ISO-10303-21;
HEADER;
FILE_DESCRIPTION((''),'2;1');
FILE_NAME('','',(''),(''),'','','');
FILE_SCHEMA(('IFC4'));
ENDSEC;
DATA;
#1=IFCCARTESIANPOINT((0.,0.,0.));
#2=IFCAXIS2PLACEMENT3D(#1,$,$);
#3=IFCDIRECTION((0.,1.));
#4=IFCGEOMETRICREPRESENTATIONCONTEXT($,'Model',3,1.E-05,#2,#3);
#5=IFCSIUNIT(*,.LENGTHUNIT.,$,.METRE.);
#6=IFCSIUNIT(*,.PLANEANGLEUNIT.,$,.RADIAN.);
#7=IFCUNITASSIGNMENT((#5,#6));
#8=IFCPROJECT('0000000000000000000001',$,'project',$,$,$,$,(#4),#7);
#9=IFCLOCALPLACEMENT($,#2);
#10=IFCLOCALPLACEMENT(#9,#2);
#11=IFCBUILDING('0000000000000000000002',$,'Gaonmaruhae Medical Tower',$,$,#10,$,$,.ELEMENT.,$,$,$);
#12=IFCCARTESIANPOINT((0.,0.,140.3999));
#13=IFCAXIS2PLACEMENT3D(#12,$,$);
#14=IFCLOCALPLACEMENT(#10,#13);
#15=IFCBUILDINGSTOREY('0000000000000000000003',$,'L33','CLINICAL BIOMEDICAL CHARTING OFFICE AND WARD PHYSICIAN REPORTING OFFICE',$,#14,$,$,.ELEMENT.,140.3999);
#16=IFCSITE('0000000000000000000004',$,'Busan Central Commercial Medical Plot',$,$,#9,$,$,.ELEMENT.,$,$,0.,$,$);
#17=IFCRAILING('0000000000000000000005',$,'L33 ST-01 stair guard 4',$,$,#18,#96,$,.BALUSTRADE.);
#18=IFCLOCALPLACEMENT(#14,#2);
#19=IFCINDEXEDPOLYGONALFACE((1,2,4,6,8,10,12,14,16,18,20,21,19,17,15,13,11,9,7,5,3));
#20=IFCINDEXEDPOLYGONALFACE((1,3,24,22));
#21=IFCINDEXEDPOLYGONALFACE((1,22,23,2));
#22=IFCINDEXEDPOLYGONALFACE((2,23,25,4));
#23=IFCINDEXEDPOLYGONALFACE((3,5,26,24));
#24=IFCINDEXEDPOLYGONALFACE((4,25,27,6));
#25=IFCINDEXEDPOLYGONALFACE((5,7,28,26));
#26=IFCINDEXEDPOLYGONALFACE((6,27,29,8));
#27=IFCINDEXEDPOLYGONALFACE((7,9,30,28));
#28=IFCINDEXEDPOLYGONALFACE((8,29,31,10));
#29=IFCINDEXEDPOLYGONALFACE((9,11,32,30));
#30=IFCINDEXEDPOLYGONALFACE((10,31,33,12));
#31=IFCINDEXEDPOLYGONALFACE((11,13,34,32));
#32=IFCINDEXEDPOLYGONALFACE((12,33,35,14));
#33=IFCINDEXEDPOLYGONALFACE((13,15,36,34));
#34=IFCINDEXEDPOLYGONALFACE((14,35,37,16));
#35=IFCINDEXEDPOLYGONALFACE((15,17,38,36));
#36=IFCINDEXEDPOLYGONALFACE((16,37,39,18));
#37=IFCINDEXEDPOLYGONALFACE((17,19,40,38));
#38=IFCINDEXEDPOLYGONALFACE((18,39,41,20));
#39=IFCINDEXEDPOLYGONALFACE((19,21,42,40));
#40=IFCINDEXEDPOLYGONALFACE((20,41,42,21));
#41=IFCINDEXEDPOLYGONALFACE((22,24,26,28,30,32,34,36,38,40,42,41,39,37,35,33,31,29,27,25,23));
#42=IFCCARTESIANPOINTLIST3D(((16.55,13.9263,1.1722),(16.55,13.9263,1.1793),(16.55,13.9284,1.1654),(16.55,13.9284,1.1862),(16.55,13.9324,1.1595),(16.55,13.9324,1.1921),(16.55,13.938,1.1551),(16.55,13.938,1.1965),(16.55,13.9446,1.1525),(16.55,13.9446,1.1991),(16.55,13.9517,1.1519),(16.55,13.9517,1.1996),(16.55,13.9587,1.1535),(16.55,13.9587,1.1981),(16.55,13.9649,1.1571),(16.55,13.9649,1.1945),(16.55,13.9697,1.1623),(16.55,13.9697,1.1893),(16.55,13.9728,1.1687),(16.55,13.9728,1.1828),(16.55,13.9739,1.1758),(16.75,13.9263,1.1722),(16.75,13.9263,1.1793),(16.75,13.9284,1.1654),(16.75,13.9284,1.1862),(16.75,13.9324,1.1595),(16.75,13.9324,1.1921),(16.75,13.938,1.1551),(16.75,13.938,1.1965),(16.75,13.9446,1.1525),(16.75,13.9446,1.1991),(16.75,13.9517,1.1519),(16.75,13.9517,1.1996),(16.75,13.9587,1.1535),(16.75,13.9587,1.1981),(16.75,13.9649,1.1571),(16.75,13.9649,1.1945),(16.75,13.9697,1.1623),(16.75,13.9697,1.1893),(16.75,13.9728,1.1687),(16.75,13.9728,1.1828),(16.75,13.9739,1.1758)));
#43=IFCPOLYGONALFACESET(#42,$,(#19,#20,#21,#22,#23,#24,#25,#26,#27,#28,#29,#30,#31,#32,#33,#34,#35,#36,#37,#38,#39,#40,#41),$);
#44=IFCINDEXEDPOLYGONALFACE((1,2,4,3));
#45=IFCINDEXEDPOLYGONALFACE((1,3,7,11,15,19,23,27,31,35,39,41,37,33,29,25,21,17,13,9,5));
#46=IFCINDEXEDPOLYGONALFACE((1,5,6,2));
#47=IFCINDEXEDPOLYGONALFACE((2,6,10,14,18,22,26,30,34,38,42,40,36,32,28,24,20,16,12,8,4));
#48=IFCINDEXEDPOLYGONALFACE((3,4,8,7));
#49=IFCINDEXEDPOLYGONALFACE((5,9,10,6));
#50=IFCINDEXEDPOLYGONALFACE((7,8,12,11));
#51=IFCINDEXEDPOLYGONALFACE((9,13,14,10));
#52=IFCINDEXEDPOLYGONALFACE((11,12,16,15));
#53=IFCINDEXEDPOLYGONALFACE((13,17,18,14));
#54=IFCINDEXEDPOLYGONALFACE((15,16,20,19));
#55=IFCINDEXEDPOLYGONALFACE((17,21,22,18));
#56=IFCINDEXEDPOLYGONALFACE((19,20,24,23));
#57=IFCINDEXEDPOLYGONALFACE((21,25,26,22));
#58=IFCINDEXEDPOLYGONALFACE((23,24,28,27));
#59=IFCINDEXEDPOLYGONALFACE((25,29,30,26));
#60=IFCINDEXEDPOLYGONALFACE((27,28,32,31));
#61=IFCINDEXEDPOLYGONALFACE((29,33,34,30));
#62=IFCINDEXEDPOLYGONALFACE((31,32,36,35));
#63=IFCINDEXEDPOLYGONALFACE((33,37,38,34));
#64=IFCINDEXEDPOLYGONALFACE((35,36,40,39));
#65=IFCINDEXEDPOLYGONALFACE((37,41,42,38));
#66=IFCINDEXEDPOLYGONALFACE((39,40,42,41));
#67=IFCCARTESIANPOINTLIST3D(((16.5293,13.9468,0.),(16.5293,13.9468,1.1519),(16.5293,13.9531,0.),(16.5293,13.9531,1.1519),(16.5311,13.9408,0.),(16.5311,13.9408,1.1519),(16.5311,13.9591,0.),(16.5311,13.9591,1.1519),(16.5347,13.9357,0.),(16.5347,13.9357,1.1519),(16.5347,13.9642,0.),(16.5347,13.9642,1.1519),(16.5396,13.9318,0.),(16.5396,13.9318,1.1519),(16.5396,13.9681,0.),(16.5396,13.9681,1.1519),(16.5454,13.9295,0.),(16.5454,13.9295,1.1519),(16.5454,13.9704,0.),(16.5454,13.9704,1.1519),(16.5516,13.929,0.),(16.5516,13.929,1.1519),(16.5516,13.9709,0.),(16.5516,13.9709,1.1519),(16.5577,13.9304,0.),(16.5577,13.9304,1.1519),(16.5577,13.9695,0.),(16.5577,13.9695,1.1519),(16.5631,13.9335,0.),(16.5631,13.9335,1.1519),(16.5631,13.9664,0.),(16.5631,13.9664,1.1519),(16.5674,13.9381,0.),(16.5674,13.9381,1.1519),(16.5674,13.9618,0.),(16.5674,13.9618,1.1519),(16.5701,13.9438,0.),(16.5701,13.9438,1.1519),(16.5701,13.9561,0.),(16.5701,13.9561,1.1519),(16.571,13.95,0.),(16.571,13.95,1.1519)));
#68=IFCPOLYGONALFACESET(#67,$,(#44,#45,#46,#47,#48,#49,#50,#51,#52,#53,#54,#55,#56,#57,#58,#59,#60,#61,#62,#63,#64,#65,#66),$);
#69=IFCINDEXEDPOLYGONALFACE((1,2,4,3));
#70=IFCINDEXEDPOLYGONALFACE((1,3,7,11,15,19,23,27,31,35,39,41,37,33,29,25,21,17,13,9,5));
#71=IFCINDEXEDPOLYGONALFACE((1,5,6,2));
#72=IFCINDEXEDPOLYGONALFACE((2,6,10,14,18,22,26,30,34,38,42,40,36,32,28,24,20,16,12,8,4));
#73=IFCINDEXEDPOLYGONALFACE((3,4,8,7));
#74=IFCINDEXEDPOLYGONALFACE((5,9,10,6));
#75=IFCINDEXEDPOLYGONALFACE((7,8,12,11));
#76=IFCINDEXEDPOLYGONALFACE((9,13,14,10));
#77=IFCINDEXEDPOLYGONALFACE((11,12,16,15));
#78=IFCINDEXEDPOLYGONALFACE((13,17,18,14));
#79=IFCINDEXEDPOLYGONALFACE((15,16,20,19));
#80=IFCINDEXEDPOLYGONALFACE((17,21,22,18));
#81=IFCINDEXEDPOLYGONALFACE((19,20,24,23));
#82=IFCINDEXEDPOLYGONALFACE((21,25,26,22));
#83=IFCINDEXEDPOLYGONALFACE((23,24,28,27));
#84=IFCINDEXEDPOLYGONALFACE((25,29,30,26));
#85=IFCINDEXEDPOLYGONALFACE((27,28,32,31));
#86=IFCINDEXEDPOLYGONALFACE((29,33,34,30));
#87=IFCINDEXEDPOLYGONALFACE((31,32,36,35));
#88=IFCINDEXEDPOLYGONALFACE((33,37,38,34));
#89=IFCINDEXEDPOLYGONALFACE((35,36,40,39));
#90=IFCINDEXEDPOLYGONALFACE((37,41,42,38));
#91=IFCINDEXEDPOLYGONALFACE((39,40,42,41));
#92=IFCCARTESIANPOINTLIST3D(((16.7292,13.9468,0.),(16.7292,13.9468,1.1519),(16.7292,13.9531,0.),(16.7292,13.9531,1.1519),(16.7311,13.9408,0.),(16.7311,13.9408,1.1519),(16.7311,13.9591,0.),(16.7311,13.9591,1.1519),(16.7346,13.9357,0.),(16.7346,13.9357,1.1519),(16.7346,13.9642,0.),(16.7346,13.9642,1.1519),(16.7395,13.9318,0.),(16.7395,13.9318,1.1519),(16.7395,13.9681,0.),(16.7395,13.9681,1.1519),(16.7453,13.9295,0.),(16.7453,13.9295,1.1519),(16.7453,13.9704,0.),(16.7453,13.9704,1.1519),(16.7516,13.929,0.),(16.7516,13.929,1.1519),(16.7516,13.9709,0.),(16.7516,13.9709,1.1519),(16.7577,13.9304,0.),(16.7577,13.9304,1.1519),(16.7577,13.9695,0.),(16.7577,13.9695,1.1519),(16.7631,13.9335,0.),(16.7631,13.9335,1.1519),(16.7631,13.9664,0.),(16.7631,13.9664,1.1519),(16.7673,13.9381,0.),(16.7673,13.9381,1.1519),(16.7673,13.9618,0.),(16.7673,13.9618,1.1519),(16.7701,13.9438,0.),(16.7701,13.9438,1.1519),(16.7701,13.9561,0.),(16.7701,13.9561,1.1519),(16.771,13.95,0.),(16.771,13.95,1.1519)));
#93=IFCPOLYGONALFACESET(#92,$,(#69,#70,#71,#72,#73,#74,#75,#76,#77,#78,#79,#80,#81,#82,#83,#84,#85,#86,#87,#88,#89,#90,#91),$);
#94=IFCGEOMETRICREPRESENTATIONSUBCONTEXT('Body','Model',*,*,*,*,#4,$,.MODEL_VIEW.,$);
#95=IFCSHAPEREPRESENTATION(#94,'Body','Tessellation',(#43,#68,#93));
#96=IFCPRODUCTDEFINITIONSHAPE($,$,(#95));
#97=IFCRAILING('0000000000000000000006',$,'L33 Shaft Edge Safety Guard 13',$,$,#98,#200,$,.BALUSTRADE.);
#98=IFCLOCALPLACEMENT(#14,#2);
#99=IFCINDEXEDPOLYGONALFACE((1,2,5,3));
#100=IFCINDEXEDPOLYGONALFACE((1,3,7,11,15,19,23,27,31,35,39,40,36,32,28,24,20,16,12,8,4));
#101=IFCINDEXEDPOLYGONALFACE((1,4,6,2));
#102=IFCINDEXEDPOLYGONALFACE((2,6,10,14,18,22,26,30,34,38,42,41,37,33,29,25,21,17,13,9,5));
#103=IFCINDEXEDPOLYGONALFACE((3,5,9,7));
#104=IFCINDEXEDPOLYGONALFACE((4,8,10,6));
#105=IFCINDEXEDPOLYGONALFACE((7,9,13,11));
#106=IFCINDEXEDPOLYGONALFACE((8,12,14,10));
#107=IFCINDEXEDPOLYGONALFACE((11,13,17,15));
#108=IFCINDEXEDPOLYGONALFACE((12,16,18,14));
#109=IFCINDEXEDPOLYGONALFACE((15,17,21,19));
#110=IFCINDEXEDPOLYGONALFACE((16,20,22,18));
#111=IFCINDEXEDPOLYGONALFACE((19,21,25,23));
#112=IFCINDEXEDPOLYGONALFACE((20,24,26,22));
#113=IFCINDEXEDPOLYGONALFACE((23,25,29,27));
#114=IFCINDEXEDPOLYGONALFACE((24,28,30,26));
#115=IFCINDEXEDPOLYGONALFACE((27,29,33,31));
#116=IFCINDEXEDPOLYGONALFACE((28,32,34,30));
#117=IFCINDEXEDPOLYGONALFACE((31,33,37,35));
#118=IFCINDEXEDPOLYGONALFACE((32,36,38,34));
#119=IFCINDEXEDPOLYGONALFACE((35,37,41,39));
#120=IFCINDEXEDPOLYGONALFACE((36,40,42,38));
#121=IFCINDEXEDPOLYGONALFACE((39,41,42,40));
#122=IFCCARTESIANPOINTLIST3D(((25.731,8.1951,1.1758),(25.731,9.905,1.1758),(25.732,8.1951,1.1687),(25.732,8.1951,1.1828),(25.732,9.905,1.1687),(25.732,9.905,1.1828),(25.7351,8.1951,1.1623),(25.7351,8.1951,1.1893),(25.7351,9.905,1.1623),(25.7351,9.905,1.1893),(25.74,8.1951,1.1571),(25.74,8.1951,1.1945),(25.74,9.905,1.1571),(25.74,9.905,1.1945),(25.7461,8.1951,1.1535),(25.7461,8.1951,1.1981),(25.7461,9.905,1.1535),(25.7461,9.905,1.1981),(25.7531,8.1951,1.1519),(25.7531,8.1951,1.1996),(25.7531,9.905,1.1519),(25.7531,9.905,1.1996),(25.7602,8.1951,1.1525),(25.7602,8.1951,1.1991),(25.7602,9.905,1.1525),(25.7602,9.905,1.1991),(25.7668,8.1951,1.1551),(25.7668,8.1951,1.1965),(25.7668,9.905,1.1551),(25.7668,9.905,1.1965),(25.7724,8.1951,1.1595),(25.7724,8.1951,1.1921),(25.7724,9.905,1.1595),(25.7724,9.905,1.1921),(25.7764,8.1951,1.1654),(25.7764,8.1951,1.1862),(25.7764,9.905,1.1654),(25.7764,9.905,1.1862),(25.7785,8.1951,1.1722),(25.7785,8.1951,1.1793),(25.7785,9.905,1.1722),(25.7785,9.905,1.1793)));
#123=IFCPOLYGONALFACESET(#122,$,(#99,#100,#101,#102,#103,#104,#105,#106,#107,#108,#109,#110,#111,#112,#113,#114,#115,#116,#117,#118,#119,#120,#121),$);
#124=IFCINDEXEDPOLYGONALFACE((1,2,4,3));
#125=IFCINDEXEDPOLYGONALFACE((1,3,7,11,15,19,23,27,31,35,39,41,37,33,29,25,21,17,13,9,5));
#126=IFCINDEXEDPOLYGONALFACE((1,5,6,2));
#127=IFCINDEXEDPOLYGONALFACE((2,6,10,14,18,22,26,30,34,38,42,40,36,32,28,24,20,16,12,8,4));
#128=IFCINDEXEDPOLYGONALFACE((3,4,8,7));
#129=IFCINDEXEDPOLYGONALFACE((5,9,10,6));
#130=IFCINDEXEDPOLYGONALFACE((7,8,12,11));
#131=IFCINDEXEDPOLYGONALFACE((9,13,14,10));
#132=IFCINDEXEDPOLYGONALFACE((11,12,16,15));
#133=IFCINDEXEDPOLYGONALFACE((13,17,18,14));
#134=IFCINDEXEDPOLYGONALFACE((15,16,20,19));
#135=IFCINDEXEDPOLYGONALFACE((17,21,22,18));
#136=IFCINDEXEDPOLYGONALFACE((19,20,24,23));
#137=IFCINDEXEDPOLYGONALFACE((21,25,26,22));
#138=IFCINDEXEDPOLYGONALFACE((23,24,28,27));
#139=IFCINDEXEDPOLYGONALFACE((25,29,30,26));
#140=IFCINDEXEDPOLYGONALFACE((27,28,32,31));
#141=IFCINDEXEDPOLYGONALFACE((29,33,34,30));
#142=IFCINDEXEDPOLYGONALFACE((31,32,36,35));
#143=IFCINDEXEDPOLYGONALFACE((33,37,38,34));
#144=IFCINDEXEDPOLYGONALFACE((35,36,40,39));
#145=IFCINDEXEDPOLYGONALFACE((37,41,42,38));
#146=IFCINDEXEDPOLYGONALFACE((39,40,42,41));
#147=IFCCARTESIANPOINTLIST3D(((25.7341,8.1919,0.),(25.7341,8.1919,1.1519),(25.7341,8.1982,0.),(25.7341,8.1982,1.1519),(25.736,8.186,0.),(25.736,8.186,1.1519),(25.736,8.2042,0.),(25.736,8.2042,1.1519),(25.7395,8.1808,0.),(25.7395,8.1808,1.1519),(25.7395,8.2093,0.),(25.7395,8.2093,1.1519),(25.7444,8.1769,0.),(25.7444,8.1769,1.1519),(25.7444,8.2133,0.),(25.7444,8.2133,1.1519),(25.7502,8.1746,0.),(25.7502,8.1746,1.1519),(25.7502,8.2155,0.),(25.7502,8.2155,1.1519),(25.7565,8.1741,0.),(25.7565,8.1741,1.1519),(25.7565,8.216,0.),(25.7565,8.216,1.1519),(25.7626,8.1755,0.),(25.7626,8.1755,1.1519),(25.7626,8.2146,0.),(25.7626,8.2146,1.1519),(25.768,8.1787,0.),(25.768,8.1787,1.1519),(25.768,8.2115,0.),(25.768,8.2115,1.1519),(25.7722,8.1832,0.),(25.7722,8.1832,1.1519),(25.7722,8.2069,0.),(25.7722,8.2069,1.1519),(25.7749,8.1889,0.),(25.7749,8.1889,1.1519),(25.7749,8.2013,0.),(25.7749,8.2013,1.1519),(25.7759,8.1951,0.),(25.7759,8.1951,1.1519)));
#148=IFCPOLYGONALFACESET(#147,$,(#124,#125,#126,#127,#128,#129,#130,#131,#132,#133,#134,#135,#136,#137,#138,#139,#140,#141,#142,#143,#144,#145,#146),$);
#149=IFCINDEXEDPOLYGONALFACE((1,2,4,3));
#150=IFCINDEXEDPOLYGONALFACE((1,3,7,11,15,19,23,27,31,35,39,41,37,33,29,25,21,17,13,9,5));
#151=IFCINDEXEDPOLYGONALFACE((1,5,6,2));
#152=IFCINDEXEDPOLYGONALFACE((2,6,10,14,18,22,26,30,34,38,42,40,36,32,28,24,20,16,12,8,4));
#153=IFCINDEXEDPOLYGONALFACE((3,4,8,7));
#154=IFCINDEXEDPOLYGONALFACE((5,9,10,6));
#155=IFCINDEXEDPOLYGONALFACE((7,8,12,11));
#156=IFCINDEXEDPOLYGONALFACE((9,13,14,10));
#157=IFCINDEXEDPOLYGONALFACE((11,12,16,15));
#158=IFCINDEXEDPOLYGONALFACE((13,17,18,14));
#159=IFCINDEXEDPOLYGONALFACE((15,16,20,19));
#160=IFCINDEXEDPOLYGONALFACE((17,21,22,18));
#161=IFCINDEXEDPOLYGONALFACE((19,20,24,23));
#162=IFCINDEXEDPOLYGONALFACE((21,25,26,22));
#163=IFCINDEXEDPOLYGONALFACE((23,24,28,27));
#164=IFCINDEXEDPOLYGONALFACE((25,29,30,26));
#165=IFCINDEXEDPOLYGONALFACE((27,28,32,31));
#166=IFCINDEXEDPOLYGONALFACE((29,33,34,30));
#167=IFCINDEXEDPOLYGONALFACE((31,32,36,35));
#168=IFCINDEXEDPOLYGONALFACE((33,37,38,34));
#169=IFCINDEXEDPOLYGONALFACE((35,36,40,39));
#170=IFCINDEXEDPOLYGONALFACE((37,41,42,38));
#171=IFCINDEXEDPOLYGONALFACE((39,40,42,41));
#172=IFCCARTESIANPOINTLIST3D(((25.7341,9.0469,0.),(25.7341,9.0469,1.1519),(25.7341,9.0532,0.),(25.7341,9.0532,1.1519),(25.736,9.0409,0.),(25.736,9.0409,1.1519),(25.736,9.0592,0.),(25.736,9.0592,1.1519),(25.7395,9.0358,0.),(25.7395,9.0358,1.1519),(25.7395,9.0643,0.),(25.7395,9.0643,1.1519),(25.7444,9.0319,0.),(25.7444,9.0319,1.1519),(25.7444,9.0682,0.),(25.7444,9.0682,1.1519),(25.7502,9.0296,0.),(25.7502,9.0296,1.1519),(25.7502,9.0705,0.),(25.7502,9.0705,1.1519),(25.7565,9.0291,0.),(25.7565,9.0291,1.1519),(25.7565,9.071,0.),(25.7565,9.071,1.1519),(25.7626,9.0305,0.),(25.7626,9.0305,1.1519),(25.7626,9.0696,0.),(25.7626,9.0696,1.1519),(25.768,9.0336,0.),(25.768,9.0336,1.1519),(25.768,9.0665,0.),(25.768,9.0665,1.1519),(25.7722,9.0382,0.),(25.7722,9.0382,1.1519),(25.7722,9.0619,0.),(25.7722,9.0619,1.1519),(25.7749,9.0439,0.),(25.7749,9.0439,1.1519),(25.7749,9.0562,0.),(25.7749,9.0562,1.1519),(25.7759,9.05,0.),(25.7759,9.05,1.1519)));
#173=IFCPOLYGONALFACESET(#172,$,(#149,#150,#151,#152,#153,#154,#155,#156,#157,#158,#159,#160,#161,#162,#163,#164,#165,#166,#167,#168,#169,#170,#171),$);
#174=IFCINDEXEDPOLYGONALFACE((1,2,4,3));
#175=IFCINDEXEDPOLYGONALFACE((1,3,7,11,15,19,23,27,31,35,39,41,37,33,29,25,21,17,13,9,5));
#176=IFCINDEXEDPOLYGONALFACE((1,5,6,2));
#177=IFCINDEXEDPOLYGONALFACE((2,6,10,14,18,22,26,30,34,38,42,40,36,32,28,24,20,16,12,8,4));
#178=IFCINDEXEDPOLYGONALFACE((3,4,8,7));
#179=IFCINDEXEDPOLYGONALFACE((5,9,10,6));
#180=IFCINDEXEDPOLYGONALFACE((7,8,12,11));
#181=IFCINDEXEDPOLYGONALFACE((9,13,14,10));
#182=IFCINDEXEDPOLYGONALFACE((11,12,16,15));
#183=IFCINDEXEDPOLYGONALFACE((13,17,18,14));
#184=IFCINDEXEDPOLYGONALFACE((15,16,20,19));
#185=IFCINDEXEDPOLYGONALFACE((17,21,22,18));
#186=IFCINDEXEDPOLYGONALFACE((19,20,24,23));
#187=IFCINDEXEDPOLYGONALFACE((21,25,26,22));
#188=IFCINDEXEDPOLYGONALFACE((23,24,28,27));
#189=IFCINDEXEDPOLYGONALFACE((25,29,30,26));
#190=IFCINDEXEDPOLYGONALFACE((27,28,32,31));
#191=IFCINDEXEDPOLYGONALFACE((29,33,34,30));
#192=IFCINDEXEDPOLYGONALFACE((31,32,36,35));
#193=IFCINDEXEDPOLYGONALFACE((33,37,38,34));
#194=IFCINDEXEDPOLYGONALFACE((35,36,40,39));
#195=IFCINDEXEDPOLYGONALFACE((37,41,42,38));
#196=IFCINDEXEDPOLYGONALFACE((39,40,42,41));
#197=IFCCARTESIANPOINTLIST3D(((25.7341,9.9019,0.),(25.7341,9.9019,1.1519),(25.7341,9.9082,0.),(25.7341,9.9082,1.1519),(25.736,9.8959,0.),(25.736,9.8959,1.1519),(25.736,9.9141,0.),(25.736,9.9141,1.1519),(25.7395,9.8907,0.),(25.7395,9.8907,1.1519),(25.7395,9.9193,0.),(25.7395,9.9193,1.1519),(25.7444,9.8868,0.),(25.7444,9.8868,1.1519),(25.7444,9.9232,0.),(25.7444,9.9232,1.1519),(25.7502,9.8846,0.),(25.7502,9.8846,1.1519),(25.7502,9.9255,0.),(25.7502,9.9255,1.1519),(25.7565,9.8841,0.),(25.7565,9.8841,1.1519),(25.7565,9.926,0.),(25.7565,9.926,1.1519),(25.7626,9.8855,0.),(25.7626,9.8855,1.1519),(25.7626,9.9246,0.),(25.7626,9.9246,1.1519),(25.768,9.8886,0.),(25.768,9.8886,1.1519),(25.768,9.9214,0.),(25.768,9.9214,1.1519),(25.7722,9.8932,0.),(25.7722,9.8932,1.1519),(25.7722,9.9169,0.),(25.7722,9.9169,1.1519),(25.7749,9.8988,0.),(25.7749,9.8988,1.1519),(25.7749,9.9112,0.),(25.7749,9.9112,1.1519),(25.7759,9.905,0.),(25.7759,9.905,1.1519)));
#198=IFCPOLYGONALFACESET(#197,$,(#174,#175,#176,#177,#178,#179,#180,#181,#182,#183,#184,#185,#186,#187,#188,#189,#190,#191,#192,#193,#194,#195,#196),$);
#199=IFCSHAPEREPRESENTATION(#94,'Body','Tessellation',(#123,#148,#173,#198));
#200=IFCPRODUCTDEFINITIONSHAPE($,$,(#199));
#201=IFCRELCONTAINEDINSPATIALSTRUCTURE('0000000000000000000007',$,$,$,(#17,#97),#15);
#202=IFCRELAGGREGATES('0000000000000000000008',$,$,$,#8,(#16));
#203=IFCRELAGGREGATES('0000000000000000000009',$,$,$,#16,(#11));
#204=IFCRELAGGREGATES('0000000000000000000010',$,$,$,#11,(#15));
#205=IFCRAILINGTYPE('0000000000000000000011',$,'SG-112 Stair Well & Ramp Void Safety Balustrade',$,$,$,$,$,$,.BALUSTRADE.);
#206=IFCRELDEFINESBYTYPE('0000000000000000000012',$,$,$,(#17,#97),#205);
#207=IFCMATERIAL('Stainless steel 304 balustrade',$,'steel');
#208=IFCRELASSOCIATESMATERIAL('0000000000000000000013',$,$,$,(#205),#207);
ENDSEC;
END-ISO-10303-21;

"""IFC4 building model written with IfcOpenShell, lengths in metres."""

from ifc_helpers import new_model, si_unit, direction, frame, origin, origin_2d, place, context, subcontext, project, spatial, circle, extrude, material, type_object, element, save


model = new_model("IFC4")

# Units and contexts
model_context = context("Model", 3, precision=1e-05, world=origin(), true_north=direction((0.0, 1.0)))
body_context = subcontext(model_context, "Body", "Model", "MODEL_VIEW")
ifc_project = project(units=[si_unit("LENGTHUNIT", "METRE"), si_unit("PLANEANGLEUNIT", "RADIAN")], contexts=[model_context])

# Site, building, storey
site_placement = place(None, origin())
site = spatial("IfcSite", under=ifc_project, at=site_placement, Name="Busan Central Commercial Medical Plot", CompositionType="ELEMENT", RefElevation=0.0)
building_placement = place(site_placement, origin())
building = spatial("IfcBuilding", under=site, at=building_placement, Name="Gaonmaruhae Medical Tower", CompositionType="ELEMENT")
storey_placement = place(building_placement, frame((0.0, 0.0, 140.3999)))
storey = spatial("IfcBuildingStorey", under=building, at=storey_placement, Name="L33", Description="CLINICAL BIOMEDICAL CHARTING OFFICE AND WARD PHYSICIAN REPORTING OFFICE", CompositionType="ELEMENT", Elevation=140.3999)

# Railings
ifc_material_1 = material(Name="Stainless steel 304 balustrade", Category="steel")
railing_type_1 = type_object("IfcRailingType", Name="SG-112 Stair Well & Ramp Void Safety Balustrade", PredefinedType="BALUSTRADE", material=ifc_material_1)
railing_1_placement = place(storey_placement, frame((16.55, 13.95, 0.0)))
element("IfcRailing", 1, at=railing_1_placement, inside=storey, type_object=railing_type_1, Name="L33 ST-01 stair guard 4", PredefinedType="BALUSTRADE", context=body_context, shape_type="SweptSolid", body=[
    extrude(circle(Radius=0.0239, at=origin_2d()), frame((0.0, 0.0, 1.1758), z_axis=(1.0, 0.0, 0.0), x_axis=(0.0, 1.0, 0.0)), (0.0, 0.0, 1.0), 0.2),
    extrude(circle(Radius=0.021, at=origin_2d()), origin(), (0.0, 0.0, 1.0), 1.1519),
    extrude(circle(Radius=0.021, at=origin_2d()), frame((0.2, 0.0, 0.0)), (0.0, 0.0, 1.0), 1.1519),
])
railing_2_placement = place(storey_placement, frame((25.7549, 8.1951, 0.0)))
element("IfcRailing", 2, at=railing_2_placement, inside=storey, type_object=railing_type_1, Name="L33 Shaft Edge Safety Guard 13", PredefinedType="BALUSTRADE", context=body_context, shape_type="SweptSolid", body=[
    extrude(circle(Radius=0.0239, at=origin_2d()), frame((0.0, 0.0, 1.1758), z_axis=(0.0, 1.0, 0.0), x_axis=(-1.0, 0.0, 0.0)), (0.0, 0.0, 1.0), 1.71),
    extrude(circle(Radius=0.021, at=origin_2d()), origin(), (0.0, 0.0, 1.0), 1.1519),
    extrude(circle(Radius=0.021, at=origin_2d()), frame((0.0, 0.855, 0.0)), (0.0, 0.0, 1.0), 1.1519),
    extrude(circle(Radius=0.021, at=origin_2d()), frame((0.0, 1.71, 0.0)), (0.0, 0.0, 1.0), 1.1519),
])

save(model, "model.ifc")
